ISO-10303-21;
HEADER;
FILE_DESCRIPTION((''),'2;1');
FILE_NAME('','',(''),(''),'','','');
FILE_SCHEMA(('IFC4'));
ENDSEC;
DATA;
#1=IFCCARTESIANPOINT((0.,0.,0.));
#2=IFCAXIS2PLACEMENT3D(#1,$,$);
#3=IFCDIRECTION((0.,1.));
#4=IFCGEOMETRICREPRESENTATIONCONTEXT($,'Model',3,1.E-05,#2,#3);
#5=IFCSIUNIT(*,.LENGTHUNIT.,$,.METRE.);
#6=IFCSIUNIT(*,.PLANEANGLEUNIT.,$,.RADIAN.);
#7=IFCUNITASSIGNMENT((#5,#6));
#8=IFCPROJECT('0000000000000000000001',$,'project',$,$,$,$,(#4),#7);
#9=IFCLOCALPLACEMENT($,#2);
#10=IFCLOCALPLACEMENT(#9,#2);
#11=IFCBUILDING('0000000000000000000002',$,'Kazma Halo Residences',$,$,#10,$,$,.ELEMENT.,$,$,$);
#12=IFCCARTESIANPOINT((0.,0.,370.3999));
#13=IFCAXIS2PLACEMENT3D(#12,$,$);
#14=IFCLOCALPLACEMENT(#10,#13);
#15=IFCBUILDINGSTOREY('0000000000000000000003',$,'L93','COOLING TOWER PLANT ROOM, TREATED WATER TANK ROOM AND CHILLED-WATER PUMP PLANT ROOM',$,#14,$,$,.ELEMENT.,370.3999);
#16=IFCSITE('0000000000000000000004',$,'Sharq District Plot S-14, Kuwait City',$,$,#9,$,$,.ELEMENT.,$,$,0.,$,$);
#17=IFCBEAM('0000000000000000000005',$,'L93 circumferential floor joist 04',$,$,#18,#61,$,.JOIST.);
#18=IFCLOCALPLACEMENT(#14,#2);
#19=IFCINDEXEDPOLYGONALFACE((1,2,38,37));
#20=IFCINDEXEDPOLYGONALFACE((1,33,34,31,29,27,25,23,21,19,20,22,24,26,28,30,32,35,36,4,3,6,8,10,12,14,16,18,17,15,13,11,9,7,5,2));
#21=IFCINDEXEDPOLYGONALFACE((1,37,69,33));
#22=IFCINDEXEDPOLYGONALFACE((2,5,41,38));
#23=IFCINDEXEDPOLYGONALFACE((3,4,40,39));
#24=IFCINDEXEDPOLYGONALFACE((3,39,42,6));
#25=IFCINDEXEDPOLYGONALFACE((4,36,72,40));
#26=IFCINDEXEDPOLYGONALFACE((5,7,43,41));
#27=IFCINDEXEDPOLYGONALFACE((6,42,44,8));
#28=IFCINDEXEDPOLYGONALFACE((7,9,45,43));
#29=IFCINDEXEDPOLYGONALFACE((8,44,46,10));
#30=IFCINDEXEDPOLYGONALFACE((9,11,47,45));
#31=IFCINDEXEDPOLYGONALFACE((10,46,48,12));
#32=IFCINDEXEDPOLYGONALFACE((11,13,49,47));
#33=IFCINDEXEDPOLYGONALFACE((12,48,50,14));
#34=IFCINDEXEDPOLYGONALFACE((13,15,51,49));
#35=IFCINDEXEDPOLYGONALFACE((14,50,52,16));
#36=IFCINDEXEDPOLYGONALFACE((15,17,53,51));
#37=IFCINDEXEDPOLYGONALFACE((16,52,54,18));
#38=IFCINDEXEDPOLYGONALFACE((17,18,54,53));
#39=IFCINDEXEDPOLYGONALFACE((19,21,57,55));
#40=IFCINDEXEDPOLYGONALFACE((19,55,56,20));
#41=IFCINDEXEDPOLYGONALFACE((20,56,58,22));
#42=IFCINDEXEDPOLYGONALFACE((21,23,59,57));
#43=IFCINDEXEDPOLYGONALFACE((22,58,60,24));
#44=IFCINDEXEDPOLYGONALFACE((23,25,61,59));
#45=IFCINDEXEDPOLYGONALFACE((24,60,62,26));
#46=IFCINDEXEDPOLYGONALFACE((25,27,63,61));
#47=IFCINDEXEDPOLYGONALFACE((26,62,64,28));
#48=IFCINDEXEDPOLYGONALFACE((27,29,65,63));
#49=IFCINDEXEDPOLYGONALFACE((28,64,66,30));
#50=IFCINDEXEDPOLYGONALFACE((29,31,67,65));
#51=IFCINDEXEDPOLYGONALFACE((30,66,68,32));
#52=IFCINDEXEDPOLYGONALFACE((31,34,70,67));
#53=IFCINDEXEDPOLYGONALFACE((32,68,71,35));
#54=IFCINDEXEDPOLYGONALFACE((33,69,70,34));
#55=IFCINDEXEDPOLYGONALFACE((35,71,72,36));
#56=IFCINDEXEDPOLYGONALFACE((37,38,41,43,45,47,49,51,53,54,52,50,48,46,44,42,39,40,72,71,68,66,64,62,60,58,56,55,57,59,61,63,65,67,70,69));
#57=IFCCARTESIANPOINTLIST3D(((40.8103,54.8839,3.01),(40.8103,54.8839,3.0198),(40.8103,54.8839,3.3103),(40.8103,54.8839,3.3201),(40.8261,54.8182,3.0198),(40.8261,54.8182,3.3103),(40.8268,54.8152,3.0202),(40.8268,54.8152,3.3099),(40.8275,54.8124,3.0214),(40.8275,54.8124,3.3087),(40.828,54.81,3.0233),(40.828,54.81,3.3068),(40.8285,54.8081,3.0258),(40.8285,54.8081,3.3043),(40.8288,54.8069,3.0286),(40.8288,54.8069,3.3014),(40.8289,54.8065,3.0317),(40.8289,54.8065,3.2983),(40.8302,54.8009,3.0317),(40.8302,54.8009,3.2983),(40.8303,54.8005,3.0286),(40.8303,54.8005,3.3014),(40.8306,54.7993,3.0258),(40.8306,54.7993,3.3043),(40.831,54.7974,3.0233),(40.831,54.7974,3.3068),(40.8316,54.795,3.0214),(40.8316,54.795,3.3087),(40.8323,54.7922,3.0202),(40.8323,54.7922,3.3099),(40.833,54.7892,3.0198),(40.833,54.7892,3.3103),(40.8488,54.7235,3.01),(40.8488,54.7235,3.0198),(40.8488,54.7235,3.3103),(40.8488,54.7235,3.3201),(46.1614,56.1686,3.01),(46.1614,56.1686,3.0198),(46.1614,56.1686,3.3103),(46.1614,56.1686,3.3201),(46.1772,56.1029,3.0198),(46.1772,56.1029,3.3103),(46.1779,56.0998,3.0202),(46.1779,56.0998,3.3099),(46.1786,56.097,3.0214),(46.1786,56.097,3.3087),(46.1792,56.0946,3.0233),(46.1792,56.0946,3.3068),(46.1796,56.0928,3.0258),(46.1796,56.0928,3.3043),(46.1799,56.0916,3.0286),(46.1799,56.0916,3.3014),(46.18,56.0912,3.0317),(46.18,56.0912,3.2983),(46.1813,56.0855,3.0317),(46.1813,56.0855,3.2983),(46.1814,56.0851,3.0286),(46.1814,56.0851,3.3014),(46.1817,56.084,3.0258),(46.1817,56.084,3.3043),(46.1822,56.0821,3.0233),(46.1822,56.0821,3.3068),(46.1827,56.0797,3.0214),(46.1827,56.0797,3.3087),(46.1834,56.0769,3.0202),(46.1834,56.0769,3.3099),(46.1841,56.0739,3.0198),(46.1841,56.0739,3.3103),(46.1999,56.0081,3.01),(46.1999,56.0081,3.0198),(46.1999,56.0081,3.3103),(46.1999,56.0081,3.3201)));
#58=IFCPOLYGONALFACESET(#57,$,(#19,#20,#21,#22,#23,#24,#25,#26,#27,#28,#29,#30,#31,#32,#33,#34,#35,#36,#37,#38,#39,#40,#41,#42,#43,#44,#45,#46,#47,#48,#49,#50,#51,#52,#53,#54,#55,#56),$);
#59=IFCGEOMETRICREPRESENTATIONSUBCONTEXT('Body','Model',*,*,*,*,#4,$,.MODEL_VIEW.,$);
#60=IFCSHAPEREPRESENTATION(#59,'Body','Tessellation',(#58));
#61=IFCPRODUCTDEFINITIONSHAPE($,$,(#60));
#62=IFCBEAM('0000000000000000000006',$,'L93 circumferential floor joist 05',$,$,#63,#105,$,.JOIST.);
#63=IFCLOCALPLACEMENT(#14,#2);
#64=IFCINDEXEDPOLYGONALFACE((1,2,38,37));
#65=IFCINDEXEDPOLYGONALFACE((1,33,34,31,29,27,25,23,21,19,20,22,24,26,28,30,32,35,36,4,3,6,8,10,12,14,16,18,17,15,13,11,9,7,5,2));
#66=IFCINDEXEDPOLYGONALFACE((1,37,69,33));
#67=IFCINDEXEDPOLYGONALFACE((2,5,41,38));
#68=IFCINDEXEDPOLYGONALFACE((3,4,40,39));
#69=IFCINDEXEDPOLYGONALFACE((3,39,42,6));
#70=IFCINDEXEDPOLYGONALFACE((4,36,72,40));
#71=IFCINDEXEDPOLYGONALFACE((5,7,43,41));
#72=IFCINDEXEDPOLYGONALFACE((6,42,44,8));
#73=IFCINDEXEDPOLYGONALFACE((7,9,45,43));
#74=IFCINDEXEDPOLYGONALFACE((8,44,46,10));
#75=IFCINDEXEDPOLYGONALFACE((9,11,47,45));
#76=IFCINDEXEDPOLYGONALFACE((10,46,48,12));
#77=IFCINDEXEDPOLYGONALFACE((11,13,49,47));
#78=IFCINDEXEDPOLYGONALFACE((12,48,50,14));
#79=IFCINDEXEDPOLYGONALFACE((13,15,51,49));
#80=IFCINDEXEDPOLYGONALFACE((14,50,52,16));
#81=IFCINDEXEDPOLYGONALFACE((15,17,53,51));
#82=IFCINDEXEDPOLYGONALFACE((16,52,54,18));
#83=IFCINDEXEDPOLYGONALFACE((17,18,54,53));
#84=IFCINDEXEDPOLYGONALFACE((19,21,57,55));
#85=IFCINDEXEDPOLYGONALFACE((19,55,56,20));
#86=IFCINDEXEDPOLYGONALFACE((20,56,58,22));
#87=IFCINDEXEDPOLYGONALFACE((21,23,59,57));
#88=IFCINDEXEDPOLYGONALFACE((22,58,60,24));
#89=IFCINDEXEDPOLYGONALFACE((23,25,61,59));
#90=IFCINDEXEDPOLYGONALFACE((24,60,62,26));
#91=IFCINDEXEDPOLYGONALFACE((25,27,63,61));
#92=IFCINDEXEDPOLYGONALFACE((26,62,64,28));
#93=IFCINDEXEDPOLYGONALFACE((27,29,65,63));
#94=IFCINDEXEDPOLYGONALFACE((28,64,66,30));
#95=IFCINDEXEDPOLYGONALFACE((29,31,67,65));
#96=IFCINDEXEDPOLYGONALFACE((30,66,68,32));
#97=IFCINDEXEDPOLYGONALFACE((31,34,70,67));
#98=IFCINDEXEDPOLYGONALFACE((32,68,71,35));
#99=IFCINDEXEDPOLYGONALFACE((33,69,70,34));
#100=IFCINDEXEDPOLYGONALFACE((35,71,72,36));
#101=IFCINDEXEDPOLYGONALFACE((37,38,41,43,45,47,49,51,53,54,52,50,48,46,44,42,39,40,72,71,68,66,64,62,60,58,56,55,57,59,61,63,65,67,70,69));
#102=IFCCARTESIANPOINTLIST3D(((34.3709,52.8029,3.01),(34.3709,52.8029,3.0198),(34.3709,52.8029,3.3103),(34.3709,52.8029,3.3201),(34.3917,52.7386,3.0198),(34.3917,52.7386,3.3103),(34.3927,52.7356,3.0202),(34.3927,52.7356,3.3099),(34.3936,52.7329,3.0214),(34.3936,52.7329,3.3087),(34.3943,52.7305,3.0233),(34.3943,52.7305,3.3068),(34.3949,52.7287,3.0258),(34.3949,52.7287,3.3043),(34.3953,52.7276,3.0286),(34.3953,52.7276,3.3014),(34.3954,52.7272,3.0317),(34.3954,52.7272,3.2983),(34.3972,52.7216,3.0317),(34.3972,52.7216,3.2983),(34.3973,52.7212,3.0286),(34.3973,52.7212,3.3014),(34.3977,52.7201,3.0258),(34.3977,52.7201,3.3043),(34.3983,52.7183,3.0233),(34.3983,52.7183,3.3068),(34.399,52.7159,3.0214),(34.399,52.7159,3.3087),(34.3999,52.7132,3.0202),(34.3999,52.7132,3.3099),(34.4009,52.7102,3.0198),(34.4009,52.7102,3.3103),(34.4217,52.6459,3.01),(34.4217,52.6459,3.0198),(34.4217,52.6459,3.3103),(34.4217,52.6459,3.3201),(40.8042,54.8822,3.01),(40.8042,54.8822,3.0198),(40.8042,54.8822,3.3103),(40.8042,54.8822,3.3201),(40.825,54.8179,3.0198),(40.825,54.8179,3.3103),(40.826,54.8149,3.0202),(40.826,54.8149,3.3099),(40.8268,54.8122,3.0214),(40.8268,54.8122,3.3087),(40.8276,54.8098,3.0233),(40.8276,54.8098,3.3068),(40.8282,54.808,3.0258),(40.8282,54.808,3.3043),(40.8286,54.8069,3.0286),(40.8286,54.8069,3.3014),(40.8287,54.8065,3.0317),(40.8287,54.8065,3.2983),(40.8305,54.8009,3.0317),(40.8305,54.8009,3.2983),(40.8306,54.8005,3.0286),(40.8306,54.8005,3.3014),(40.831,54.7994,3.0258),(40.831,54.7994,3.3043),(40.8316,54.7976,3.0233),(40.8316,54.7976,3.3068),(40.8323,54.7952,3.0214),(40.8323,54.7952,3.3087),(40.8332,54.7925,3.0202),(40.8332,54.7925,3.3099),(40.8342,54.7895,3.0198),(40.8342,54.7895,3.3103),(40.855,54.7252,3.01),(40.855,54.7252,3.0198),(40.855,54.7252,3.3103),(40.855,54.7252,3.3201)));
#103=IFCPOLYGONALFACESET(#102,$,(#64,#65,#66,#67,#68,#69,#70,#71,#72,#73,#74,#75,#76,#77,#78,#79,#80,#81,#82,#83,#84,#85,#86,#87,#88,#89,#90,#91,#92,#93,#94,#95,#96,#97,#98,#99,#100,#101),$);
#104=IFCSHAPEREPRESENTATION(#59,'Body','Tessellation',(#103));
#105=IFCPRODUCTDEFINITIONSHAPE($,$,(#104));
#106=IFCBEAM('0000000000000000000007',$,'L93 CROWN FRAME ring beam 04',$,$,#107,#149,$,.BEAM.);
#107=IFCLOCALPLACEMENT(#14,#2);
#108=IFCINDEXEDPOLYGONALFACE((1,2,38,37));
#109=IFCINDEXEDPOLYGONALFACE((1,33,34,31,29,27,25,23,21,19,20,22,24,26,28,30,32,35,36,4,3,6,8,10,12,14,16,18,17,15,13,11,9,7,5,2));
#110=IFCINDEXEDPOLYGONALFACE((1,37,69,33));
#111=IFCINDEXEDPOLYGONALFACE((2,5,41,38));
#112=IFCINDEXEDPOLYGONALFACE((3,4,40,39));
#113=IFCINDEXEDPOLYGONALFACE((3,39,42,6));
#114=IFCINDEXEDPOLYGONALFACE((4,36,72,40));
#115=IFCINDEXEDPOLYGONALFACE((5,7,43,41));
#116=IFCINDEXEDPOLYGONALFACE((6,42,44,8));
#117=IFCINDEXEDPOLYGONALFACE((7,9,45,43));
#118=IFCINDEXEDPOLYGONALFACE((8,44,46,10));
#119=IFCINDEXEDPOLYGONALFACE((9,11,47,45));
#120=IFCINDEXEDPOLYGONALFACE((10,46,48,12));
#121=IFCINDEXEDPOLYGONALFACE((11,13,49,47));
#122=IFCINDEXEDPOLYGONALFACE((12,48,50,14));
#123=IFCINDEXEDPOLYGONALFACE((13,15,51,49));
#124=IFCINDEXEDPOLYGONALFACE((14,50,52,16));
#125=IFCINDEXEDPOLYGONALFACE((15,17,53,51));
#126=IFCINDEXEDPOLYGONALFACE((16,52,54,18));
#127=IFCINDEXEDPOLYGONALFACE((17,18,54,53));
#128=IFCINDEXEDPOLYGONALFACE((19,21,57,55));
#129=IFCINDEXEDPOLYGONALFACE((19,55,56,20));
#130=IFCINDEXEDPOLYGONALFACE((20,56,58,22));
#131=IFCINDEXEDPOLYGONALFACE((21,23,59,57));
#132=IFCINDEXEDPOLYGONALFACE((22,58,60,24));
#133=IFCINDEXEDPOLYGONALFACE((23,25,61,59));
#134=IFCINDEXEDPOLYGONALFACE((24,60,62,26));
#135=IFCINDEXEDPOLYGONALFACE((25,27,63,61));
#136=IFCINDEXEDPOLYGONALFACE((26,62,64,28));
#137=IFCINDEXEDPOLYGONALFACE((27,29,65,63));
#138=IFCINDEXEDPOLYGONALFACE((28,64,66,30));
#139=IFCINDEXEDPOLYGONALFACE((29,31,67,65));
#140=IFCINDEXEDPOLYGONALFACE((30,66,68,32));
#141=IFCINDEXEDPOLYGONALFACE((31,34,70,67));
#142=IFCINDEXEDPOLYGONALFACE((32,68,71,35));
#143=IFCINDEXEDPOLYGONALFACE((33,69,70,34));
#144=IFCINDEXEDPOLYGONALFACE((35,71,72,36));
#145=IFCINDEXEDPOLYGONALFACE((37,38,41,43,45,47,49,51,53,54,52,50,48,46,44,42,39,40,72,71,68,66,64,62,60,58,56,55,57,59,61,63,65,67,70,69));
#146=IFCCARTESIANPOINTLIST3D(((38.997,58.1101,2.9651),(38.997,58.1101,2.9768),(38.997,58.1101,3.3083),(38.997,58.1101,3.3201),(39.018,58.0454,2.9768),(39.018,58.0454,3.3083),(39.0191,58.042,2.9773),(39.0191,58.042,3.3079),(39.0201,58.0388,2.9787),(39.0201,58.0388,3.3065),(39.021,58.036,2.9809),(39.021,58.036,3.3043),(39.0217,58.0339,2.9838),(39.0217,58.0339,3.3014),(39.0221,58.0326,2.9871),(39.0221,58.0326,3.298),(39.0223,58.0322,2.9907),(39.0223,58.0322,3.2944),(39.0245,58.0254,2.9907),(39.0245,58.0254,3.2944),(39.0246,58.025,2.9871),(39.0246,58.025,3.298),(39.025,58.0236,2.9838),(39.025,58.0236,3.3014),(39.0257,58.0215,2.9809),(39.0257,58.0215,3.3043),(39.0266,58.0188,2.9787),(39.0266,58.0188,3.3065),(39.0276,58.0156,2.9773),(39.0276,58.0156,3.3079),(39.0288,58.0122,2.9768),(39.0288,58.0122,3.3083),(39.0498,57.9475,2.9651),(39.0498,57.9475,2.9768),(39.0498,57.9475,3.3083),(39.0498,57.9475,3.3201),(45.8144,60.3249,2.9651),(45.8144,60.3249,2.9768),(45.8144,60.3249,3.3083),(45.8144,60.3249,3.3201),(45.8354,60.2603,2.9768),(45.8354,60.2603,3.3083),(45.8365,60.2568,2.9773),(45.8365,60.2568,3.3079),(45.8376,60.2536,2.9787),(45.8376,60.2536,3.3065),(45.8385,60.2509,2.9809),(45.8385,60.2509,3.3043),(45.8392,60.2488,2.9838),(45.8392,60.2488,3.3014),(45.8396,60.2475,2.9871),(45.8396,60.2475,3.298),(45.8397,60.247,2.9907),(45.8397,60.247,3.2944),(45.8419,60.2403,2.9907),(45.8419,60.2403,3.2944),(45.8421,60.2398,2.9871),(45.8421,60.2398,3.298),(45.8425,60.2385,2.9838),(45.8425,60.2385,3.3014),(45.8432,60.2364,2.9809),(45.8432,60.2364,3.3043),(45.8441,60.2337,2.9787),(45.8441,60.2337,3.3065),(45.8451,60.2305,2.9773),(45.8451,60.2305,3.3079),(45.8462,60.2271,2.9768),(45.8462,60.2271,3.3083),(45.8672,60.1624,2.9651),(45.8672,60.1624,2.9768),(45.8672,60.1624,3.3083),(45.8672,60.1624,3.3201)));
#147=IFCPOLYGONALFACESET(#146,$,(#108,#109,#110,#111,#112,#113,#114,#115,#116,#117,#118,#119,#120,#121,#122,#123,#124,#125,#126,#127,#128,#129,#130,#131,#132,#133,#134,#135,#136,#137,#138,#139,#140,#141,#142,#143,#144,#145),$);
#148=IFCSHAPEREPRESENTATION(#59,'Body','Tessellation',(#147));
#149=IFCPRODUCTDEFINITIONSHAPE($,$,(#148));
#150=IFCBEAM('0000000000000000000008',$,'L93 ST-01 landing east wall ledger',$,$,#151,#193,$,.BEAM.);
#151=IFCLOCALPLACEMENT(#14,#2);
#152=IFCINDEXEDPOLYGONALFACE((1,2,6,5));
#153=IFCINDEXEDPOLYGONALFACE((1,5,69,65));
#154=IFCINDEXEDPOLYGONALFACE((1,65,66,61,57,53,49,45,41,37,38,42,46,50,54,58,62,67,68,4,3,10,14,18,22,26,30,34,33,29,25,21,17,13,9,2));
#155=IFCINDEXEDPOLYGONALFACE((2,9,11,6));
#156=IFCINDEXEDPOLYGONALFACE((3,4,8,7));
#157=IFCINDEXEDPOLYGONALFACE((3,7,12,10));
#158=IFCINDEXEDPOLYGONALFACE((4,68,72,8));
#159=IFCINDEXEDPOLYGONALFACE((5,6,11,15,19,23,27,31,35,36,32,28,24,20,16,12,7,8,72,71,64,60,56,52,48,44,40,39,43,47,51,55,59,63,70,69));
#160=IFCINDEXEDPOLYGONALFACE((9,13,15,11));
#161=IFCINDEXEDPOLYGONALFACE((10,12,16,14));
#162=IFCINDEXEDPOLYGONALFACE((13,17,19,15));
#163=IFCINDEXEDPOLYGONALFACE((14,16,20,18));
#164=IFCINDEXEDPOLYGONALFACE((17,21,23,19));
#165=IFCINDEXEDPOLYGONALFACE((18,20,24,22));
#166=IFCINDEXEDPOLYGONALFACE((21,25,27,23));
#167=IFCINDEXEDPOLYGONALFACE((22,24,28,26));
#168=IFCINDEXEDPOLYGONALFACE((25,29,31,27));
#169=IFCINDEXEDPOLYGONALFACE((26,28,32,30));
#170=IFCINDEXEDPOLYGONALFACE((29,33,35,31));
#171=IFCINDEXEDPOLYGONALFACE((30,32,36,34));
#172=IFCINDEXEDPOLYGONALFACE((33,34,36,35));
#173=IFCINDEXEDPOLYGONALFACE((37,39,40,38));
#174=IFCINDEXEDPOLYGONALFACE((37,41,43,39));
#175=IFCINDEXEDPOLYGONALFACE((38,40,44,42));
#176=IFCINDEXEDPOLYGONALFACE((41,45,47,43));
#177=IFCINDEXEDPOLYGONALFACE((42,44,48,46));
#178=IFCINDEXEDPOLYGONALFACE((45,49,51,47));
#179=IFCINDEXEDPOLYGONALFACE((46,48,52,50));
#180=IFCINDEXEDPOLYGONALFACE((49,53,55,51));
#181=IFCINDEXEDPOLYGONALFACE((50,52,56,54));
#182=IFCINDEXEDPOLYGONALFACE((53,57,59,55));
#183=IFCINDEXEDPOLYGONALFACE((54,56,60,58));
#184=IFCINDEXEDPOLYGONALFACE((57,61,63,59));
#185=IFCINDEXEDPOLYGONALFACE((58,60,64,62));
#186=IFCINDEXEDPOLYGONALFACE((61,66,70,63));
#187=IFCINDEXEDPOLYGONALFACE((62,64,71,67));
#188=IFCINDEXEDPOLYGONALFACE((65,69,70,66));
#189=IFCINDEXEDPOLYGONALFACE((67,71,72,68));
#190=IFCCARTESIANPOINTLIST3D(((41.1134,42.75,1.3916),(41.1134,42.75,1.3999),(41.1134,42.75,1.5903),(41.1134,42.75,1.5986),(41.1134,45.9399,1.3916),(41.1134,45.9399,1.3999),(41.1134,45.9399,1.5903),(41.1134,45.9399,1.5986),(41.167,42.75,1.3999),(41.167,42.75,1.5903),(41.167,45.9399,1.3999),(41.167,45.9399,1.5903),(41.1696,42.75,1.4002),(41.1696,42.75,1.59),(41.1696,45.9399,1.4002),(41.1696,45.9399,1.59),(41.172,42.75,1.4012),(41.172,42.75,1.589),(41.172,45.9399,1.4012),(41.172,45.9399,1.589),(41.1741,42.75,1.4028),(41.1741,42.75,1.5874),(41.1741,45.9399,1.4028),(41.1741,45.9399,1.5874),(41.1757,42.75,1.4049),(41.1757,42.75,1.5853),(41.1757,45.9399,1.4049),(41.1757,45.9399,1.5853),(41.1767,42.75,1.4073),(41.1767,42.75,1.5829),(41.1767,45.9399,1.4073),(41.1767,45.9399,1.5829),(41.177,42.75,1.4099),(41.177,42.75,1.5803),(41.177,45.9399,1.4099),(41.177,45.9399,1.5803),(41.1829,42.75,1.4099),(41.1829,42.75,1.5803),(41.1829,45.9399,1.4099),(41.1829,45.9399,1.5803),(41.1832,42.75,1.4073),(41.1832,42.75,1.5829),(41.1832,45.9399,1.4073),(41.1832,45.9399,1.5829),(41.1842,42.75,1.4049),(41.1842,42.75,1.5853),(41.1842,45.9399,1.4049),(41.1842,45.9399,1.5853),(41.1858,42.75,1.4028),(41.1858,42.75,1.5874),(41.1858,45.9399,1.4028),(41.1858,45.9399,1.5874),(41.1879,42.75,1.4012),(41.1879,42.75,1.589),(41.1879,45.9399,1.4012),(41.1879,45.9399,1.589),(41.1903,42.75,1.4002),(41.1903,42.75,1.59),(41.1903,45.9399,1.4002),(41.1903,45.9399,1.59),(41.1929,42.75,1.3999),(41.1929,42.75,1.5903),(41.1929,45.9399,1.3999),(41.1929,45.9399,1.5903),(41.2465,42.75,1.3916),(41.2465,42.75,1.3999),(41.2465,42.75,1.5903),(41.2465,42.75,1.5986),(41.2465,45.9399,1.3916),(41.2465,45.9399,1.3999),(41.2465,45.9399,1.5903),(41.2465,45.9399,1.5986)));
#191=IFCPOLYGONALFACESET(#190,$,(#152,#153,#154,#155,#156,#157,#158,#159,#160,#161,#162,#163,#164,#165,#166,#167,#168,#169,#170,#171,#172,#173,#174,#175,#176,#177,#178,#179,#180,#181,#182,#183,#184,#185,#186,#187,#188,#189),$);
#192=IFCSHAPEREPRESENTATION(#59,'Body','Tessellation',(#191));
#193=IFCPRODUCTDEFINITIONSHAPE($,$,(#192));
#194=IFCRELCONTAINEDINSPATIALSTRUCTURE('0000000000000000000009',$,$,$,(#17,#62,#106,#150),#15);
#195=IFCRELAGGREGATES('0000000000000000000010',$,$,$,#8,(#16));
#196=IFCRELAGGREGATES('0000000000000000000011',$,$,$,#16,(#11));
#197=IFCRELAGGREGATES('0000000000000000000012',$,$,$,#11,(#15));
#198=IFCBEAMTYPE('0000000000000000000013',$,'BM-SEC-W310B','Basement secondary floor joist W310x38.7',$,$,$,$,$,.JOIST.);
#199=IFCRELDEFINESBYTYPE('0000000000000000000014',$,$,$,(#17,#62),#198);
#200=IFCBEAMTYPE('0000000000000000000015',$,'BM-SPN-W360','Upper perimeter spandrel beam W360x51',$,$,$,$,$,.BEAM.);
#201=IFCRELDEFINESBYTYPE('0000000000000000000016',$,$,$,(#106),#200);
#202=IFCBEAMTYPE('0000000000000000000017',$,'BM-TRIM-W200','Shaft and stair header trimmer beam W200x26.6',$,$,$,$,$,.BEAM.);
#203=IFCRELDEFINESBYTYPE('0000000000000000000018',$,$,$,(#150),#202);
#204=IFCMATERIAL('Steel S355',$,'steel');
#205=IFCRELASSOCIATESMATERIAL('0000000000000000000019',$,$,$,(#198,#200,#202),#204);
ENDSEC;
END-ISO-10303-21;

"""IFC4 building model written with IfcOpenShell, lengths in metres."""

from ifc_helpers import new_model, si_unit, direction, frame, origin, origin_2d, place, context, subcontext, project, spatial, i_section, extrude, material, material_profile, profile_set, type_object, element, save


model = new_model("IFC4")

# Units and contexts
model_context = context("Model", 3, precision=1e-05, world=origin(), true_north=direction((0.0, 1.0)))
body_context = subcontext(model_context, "Body", "Model", "MODEL_VIEW")
ifc_project = project(units=[si_unit("LENGTHUNIT", "METRE"), si_unit("PLANEANGLEUNIT", "RADIAN")], contexts=[model_context])

# Site, building, storey
site_placement = place(None, origin())
site = spatial("IfcSite", under=ifc_project, at=site_placement, Name="Sharq District Plot S-14, Kuwait City", CompositionType="ELEMENT", RefElevation=0.0)
building_placement = place(site_placement, origin())
building = spatial("IfcBuilding", under=site, at=building_placement, Name="Kazma Halo Residences", CompositionType="ELEMENT")
storey_placement = place(building_placement, frame((0.0, 0.0, 370.3999)))
storey = spatial("IfcBuildingStorey", under=building, at=storey_placement, Name="L93", Description="COOLING TOWER PLANT ROOM, TREATED WATER TANK ROOM AND CHILLED-WATER PUMP PLANT ROOM", CompositionType="ELEMENT", Elevation=370.3999)

# Shared definitions
ifc_material_1 = material(Name="Steel S355", Category="steel")

# Beams
ifc_material_profile_1 = material_profile(ifc_material_1, i_section(OverallWidth=0.165, OverallDepth=0.3101, WebThickness=0.0059, FlangeThickness=0.0098, FilletRadius=0.012, at=origin_2d()), Name="W310x38.7")
ifc_profile_set_1 = profile_set([ifc_material_profile_1], Name="Steel S355")
beam_type_1 = type_object("IfcBeamType", Name="BM-SEC-W310B", Description="Basement secondary floor joist W310x38.7", PredefinedType="JOIST", material=ifc_profile_set_1)
beam_1_placement = place(storey_placement, frame((46.1807, 56.0884, 3.165), z_axis=(-0.97237, -0.233443, 0.0), x_axis=(0.233443, -0.97237, 0.0)))
element("IfcBeam", 1, at=beam_1_placement, inside=storey, type_object=beam_type_1, Name="L93 circumferential floor joist 04", PredefinedType="JOIST", context=body_context, shape_type="SweptSolid", body=[
    extrude(i_section(OverallWidth=0.165, OverallDepth=0.3101, WebThickness=0.0059, FlangeThickness=0.0098, FilletRadius=0.012, at=origin_2d()), origin(), (0.0, 0.0, 1.0), 5.5032),
])
beam_2_placement = place(storey_placement, frame((40.8296, 54.8037, 3.165), z_axis=(-0.951533, -0.307548, 0.0), x_axis=(0.307548, -0.951533, 0.0)))
element("IfcBeam", 2, at=beam_2_placement, inside=storey, type_object=beam_type_1, Name="L93 circumferential floor joist 05", PredefinedType="JOIST", context=body_context, shape_type="SweptSolid", body=[
    extrude(i_section(OverallWidth=0.165, OverallDepth=0.3101, WebThickness=0.0059, FlangeThickness=0.0098, FilletRadius=0.012, at=origin_2d()), origin(), (0.0, 0.0, 1.0), 6.761),
])
ifc_material_profile_2 = material_profile(ifc_material_1, i_section(OverallWidth=0.1709, OverallDepth=0.355, WebThickness=0.0071, FlangeThickness=0.0117, FilletRadius=0.0139, at=origin_2d()), Name="W360x51")
ifc_profile_set_2 = profile_set([ifc_material_profile_2], Name="Steel S355")
beam_type_2 = type_object("IfcBeamType", Name="BM-SPN-W360", Description="Upper perimeter spandrel beam W360x51", PredefinedType="BEAM", material=ifc_profile_set_2)
beam_3_placement = place(storey_placement, frame((45.8408, 60.2437, 3.1426), z_axis=(-0.951067, -0.308984, 0.0), x_axis=(0.308984, -0.951067, 0.0)))
element("IfcBeam", 3, at=beam_3_placement, inside=storey, type_object=beam_type_2, Name="L93 CROWN FRAME ring beam 04", PredefinedType="BEAM", context=body_context, shape_type="SweptSolid", body=[
    extrude(i_section(OverallWidth=0.1709, OverallDepth=0.355, WebThickness=0.0071, FlangeThickness=0.0117, FilletRadius=0.0139, at=origin_2d()), origin(), (0.0, 0.0, 1.0), 7.1682),
])
ifc_material_profile_3 = material_profile(ifc_material_1, i_section(OverallWidth=0.1331, OverallDepth=0.207, WebThickness=0.0059, FlangeThickness=0.0083, FilletRadius=0.01, at=origin_2d()), Name="W200x26.6")
ifc_profile_set_3 = profile_set([ifc_material_profile_3], Name="Steel S355")
beam_type_3 = type_object("IfcBeamType", Name="BM-TRIM-W200", Description="Shaft and stair header trimmer beam W200x26.6", PredefinedType="BEAM", material=ifc_profile_set_3)
beam_4_placement = place(storey_placement, frame((41.1799, 42.75, 1.4951), z_axis=(0.0, 1.0, 0.0), x_axis=(-1.0, 0.0, 0.0)))
element("IfcBeam", 4, at=beam_4_placement, inside=storey, type_object=beam_type_3, Name="L93 ST-01 landing east wall ledger", PredefinedType="BEAM", context=body_context, shape_type="SweptSolid", body=[
    extrude(i_section(OverallWidth=0.1331, OverallDepth=0.207, WebThickness=0.0059, FlangeThickness=0.0083, FilletRadius=0.01, at=origin_2d()), origin(), (0.0, 0.0, 1.0), 3.1899),
])

save(model, "model.ifc")
